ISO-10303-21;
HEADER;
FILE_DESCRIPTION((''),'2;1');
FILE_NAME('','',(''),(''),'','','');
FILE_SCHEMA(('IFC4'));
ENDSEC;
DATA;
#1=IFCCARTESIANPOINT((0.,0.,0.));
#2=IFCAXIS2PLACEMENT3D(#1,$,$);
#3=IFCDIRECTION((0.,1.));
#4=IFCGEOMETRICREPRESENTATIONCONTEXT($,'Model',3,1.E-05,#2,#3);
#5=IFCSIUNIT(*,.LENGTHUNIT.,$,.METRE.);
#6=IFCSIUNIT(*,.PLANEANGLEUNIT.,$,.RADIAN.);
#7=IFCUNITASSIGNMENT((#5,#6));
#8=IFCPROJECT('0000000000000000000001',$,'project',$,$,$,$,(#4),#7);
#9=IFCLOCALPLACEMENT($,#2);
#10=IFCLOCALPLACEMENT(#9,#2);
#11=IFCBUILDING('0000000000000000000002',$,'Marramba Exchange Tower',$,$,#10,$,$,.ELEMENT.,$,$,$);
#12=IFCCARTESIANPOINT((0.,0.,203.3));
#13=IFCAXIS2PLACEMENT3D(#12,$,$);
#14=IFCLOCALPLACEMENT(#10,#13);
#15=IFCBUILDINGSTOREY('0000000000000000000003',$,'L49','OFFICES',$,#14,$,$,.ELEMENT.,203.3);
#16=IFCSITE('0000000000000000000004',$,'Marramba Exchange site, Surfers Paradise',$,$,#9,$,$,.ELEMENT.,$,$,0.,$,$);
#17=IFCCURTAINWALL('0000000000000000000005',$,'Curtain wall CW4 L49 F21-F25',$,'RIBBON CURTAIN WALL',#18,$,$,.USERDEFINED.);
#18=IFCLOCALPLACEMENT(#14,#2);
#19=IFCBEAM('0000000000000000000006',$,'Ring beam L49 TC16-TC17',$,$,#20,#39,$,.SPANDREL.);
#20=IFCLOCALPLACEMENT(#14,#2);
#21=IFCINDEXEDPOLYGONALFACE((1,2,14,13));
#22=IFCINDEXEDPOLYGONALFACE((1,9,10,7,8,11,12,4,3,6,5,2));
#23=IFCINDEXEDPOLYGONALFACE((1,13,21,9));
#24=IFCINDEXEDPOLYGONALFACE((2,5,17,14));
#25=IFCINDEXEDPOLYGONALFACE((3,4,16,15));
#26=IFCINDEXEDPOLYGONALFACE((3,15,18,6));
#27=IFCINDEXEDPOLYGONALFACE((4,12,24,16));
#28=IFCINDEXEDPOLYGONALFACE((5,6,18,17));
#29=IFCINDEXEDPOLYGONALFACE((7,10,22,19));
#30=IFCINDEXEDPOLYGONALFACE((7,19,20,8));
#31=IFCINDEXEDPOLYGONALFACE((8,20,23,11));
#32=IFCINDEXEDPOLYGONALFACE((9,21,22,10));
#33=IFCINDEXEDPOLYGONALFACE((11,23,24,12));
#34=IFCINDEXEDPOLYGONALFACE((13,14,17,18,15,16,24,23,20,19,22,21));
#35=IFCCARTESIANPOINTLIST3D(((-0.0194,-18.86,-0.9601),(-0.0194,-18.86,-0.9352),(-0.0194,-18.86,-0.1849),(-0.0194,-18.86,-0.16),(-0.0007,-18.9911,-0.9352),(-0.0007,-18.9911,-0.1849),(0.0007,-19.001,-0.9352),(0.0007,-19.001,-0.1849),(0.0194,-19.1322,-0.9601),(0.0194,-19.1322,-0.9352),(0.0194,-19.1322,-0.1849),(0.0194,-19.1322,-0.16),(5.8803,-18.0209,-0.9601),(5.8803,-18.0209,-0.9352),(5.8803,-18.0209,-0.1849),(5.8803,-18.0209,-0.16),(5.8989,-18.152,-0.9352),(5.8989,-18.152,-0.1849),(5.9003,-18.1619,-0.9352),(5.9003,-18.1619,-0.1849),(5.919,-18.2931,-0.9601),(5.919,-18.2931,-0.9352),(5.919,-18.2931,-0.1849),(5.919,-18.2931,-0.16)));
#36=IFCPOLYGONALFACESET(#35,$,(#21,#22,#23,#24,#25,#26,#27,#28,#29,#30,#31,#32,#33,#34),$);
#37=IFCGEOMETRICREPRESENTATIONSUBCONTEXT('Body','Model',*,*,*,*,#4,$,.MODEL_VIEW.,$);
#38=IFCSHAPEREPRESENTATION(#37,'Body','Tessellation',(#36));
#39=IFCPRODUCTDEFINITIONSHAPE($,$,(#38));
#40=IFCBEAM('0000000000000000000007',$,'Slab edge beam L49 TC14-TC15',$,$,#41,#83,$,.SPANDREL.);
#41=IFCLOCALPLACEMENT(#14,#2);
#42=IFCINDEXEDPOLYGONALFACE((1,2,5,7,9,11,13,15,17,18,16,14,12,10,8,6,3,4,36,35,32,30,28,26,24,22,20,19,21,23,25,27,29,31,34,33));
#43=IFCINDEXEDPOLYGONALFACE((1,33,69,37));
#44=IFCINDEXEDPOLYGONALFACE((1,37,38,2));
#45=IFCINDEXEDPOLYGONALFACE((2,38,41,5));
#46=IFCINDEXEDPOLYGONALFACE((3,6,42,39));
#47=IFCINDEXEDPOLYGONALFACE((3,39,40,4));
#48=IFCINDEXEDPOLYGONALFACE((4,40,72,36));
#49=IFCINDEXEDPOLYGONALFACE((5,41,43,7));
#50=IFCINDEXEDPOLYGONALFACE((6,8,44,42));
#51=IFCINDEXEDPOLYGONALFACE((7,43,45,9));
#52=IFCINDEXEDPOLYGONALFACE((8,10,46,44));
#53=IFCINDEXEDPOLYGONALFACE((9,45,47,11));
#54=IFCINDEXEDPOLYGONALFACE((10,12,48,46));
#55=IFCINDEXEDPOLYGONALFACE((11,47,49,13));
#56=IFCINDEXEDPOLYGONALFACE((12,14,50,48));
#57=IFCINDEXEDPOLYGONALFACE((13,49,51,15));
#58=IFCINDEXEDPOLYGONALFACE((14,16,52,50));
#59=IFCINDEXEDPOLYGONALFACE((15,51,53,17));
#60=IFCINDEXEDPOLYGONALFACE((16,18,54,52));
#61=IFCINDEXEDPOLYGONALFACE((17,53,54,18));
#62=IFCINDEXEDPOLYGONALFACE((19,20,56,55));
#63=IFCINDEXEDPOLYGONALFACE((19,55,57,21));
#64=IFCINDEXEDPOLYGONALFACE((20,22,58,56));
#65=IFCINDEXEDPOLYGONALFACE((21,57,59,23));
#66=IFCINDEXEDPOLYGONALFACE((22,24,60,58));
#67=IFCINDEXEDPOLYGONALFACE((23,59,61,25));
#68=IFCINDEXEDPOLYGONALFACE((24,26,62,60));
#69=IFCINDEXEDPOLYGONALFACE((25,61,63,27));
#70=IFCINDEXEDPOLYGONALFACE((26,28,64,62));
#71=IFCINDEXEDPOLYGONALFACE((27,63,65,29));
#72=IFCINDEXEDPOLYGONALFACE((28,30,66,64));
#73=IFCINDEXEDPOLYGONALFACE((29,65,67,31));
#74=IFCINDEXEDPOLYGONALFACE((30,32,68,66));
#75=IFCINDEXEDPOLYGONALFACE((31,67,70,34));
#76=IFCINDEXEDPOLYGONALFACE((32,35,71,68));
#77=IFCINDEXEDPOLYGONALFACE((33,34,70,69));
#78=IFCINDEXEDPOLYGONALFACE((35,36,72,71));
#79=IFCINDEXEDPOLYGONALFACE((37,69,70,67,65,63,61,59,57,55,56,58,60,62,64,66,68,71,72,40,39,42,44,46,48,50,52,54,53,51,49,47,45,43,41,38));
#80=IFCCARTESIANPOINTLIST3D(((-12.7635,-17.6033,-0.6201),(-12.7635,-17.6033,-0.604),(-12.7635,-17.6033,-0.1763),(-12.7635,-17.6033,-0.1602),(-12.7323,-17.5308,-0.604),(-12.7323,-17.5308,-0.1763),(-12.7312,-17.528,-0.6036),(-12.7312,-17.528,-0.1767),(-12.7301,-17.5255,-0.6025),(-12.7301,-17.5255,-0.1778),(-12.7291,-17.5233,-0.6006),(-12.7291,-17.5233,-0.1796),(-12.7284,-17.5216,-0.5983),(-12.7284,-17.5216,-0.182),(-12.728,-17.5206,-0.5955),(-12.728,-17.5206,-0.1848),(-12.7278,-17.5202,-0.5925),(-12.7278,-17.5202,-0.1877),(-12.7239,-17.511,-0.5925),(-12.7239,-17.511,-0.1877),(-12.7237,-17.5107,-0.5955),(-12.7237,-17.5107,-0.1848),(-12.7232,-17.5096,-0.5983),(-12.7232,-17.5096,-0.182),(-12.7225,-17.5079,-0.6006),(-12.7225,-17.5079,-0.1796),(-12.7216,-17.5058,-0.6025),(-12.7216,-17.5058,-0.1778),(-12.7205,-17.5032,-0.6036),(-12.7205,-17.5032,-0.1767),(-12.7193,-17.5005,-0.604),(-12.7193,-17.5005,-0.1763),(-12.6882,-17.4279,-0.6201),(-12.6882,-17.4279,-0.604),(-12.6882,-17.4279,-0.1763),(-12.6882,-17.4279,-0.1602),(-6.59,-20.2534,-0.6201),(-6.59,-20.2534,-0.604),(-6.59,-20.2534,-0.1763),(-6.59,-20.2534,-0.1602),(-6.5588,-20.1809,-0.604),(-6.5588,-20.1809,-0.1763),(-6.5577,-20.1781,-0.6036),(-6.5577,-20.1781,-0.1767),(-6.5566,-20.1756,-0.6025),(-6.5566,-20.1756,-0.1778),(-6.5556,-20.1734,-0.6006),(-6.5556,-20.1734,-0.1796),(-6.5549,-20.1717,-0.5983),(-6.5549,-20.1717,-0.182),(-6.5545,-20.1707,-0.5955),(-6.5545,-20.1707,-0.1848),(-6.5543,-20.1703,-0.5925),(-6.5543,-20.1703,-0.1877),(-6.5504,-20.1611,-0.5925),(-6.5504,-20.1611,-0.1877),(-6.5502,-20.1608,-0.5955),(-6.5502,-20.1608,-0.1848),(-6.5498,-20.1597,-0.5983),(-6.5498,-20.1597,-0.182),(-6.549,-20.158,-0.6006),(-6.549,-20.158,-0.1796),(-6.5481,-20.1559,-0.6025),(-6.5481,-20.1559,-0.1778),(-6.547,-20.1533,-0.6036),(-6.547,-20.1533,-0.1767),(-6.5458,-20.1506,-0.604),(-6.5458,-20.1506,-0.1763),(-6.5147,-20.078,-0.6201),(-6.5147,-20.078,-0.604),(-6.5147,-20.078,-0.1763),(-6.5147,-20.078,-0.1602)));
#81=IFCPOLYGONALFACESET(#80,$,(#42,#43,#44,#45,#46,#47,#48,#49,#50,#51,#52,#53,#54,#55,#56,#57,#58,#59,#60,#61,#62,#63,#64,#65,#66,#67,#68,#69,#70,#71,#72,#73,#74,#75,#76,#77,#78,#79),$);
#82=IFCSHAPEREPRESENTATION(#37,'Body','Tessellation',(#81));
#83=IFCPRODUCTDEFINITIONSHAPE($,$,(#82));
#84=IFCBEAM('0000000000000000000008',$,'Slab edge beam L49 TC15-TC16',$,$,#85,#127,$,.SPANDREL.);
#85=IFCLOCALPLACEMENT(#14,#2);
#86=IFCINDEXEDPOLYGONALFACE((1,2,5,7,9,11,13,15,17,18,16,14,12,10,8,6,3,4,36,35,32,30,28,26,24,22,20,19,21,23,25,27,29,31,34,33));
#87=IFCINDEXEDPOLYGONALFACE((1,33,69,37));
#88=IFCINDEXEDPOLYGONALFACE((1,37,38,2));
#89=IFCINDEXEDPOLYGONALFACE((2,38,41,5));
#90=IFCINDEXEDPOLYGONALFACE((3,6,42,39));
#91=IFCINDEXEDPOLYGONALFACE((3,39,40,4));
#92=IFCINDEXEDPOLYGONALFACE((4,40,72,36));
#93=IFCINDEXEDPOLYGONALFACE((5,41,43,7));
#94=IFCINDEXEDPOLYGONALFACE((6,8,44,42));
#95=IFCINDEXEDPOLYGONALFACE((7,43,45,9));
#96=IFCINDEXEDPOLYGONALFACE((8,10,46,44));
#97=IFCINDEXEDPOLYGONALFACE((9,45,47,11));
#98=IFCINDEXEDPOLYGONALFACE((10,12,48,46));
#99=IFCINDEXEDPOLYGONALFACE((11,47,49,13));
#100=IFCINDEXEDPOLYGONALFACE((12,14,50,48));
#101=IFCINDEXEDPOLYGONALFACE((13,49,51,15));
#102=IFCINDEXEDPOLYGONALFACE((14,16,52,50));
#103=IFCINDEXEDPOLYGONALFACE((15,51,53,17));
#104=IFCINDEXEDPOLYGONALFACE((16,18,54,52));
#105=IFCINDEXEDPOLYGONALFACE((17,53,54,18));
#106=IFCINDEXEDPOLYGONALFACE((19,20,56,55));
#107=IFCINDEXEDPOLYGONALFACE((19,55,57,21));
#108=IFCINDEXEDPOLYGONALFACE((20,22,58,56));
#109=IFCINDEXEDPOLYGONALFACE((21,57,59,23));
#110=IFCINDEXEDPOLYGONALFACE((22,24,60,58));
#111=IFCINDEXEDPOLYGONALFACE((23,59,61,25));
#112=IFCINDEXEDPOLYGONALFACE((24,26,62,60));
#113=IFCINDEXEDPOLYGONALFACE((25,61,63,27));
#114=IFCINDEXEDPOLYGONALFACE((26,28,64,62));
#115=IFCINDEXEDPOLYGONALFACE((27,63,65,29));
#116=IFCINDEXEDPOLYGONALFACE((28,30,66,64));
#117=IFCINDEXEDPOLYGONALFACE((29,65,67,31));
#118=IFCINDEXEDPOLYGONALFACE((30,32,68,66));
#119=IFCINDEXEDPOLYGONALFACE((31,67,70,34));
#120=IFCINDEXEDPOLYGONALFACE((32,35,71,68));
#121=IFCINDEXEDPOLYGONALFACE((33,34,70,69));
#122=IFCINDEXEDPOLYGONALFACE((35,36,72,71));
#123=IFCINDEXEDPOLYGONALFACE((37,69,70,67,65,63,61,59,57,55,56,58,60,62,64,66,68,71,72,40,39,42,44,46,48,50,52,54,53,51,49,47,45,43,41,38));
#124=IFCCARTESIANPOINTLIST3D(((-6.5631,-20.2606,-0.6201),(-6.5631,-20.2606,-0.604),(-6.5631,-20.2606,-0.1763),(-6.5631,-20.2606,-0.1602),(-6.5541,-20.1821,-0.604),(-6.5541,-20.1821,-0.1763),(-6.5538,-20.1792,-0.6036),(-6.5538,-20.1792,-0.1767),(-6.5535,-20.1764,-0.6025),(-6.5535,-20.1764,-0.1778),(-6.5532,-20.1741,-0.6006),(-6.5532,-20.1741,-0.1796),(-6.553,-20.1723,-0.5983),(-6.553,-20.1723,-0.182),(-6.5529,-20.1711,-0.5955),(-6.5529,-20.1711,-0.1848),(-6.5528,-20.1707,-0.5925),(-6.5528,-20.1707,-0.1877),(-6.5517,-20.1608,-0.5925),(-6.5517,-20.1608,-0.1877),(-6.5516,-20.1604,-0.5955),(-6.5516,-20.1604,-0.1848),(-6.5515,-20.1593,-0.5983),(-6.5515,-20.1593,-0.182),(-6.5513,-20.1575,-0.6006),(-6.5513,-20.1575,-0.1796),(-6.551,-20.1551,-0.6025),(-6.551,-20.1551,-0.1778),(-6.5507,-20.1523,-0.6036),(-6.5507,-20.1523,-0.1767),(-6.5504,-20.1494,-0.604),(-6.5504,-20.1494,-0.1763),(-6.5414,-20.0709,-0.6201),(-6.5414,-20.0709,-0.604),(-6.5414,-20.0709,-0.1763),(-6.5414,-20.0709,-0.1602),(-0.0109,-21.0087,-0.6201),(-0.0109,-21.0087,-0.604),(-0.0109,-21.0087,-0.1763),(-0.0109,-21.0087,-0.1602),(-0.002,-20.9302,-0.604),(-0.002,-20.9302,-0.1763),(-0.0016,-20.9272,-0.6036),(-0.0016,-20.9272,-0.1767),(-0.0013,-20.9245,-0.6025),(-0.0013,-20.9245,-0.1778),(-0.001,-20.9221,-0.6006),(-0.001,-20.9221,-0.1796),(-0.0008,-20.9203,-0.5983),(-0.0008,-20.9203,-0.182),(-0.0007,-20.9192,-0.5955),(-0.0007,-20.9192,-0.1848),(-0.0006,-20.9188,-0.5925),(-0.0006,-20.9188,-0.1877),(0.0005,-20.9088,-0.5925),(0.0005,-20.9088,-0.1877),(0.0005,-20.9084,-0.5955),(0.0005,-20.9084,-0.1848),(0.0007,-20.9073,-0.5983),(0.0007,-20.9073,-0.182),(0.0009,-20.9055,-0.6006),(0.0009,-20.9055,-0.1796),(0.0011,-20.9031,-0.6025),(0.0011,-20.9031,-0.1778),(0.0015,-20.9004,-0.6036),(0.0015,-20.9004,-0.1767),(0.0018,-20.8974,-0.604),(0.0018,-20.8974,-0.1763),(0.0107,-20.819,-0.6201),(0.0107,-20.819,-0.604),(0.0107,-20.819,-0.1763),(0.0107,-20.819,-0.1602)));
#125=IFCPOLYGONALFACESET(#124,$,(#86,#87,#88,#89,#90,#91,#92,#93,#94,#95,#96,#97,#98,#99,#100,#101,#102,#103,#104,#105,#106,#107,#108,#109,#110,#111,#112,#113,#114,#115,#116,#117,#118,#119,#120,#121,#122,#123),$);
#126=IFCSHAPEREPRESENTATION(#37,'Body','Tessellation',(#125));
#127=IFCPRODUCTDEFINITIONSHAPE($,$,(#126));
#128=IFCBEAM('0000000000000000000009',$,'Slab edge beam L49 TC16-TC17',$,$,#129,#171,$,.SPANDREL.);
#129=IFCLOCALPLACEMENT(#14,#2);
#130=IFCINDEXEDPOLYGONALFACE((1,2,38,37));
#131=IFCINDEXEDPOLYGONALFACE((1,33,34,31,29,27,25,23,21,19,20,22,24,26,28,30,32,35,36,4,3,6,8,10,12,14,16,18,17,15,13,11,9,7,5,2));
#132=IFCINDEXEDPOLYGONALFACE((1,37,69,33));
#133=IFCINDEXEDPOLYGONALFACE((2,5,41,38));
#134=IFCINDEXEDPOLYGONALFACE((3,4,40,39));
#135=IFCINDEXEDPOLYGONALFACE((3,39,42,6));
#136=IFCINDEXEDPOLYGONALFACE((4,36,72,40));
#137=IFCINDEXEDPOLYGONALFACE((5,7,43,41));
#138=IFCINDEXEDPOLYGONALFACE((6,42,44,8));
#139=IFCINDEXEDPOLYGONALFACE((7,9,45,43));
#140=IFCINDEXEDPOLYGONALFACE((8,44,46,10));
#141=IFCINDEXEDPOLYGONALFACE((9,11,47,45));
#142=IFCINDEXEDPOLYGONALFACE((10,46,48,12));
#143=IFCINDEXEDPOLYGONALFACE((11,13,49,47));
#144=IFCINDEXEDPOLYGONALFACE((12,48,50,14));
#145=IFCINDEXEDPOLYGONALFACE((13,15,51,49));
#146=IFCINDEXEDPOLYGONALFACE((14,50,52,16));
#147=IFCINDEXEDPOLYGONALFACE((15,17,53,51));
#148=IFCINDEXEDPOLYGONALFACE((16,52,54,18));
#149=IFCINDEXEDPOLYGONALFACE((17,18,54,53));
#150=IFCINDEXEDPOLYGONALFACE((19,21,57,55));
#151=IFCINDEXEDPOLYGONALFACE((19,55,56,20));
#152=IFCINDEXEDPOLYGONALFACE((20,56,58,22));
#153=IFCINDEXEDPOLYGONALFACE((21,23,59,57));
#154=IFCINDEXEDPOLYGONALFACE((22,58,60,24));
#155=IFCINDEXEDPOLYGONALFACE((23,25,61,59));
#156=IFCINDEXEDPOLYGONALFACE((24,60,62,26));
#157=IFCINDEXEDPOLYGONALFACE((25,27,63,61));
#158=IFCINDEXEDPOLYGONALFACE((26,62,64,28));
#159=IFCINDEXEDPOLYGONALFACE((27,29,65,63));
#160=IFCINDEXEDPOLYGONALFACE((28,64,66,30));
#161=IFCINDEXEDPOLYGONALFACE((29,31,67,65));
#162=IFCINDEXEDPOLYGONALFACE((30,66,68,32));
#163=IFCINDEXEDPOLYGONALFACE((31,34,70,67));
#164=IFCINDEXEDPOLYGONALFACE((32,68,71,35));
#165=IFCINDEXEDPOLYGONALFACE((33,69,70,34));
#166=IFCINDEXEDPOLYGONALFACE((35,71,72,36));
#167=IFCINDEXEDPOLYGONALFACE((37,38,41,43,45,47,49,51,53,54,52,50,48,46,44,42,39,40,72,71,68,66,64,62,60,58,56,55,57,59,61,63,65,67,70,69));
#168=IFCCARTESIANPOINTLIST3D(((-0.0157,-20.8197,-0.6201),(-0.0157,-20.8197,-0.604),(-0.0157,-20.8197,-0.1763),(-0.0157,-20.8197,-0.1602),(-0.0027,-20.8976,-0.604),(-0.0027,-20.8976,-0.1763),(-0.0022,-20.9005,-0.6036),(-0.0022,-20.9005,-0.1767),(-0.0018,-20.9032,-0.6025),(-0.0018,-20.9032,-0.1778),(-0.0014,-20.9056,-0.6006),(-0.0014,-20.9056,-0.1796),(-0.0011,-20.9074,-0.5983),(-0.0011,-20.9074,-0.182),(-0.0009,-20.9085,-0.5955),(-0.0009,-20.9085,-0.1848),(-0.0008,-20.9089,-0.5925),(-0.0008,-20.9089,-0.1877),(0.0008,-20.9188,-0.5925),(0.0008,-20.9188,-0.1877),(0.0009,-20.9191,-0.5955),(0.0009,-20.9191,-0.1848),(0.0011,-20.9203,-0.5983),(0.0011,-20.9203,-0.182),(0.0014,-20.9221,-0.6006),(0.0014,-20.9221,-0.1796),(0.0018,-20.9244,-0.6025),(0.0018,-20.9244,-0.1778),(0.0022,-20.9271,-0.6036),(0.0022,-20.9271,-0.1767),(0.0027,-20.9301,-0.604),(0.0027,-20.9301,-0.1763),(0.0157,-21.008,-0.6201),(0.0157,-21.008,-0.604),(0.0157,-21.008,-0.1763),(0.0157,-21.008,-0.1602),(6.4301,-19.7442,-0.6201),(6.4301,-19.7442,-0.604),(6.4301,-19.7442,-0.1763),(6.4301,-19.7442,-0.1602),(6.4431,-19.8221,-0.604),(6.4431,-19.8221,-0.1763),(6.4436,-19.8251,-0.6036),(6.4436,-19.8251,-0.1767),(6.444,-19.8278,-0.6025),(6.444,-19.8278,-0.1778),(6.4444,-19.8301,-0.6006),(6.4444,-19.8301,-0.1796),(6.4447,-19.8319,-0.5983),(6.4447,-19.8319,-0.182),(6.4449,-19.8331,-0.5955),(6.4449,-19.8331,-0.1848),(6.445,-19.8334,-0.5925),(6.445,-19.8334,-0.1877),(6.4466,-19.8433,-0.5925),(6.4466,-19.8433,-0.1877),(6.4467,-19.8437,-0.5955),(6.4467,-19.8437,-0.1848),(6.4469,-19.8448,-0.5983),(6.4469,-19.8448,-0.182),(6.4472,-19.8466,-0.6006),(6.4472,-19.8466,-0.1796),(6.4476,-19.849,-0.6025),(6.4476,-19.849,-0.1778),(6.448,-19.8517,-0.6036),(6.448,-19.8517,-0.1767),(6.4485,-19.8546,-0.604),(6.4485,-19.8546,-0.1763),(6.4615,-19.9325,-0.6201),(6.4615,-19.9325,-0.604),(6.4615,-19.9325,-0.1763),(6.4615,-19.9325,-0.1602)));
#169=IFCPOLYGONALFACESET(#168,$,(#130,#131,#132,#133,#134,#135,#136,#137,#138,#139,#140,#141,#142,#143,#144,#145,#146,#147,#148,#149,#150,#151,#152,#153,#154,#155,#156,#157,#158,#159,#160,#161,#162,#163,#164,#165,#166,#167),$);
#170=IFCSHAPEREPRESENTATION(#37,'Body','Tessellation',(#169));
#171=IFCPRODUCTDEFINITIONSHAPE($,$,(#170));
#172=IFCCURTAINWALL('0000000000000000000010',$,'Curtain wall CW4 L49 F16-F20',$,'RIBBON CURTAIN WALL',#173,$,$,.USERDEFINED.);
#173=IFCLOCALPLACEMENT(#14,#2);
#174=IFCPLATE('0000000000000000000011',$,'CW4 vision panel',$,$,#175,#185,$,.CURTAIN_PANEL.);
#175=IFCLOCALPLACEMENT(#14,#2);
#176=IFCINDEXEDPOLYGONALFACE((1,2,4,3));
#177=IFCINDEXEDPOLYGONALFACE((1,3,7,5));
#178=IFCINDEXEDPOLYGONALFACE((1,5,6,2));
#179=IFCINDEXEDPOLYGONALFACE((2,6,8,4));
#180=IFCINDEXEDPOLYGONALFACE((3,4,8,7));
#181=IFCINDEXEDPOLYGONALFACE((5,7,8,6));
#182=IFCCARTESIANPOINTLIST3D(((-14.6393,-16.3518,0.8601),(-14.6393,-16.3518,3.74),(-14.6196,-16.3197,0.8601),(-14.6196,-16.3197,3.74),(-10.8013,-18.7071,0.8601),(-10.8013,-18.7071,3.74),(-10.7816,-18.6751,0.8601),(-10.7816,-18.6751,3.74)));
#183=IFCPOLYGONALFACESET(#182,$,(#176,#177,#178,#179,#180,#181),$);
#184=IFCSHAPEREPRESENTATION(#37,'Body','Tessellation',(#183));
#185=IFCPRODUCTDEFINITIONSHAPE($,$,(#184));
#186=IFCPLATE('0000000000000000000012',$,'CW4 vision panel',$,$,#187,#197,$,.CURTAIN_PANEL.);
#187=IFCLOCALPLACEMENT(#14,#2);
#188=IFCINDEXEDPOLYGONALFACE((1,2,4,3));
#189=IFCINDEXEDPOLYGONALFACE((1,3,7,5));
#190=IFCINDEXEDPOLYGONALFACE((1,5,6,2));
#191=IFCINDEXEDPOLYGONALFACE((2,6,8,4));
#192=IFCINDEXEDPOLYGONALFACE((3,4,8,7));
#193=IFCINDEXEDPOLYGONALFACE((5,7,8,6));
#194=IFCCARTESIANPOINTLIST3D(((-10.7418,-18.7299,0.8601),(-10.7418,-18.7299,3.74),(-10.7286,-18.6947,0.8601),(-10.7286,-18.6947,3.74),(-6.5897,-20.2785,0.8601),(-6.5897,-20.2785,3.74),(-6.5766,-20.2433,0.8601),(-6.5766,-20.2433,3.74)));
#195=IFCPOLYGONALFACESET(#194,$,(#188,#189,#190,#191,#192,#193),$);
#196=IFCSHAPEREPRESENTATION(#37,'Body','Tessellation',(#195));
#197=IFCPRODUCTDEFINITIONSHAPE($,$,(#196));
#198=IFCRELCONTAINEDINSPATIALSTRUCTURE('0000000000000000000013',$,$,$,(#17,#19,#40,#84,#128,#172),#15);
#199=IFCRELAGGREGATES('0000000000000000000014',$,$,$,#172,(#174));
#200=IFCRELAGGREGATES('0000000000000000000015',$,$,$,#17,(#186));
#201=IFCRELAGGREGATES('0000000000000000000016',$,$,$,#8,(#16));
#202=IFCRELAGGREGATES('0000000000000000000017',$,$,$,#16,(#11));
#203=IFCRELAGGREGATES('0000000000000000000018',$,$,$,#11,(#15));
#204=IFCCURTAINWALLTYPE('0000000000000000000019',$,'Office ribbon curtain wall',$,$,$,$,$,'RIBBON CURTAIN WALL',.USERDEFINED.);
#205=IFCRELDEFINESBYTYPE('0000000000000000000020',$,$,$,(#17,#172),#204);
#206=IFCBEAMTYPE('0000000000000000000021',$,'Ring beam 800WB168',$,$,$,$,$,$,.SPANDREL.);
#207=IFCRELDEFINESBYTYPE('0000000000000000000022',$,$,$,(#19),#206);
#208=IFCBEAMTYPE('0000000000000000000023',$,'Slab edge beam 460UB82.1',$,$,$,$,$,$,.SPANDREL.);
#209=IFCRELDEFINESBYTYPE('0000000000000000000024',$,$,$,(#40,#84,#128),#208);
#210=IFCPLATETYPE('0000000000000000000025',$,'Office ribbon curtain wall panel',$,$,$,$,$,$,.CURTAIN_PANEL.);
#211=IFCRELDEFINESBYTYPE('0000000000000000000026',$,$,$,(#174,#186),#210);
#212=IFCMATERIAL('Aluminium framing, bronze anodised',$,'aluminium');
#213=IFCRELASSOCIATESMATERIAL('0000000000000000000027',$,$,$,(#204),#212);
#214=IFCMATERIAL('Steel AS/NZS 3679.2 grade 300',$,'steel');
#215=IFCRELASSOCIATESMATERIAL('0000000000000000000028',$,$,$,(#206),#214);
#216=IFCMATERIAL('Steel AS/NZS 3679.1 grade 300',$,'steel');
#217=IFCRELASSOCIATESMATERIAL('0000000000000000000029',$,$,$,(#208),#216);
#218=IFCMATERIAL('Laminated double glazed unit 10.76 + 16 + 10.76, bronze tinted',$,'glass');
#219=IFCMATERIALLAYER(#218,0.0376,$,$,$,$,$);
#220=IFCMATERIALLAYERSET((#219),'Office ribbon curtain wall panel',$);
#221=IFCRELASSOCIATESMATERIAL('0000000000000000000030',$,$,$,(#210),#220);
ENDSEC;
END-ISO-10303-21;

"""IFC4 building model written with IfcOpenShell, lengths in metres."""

from ifc_helpers import new_model, si_unit, direction, frame, origin, origin_2d, place, context, subcontext, project, spatial, rectangle, i_section, extrude, material, layer, layer_set, material_profile, profile_set, type_object, element, aggregate, save


model = new_model("IFC4")

# Units and contexts
model_context = context("Model", 3, precision=1e-05, world=origin(), true_north=direction((0.0, 1.0)))
body_context = subcontext(model_context, "Body", "Model", "MODEL_VIEW")
ifc_project = project(units=[si_unit("LENGTHUNIT", "METRE"), si_unit("PLANEANGLEUNIT", "RADIAN")], contexts=[model_context])

# Site, building, storey
site_placement = place(None, origin())
site = spatial("IfcSite", under=ifc_project, at=site_placement, Name="Marramba Exchange site, Surfers Paradise", CompositionType="ELEMENT", RefElevation=0.0)
building_placement = place(site_placement, origin())
building = spatial("IfcBuilding", under=site, at=building_placement, Name="Marramba Exchange Tower", CompositionType="ELEMENT")
storey_placement = place(building_placement, frame((0.0, 0.0, 203.3)))
storey = spatial("IfcBuildingStorey", under=building, at=storey_placement, Name="L49", Description="OFFICES", CompositionType="ELEMENT", Elevation=203.3)

# Shared definitions
ifc_material_1 = material(Name="Steel AS/NZS 3679.2 grade 300", Category="steel")

# Curtain wall
ifc_material_2 = material(Name="Aluminium framing, bronze anodised", Category="aluminium")
curtain_wall_type = type_object("IfcCurtainWallType", Name="Office ribbon curtain wall", ElementType="RIBBON CURTAIN WALL", PredefinedType="USERDEFINED", material=ifc_material_2)
curtain_wall_1_placement = place(storey_placement, origin())
curtain_wall_1 = element("IfcCurtainWall", 1, at=curtain_wall_1_placement, inside=storey, type_object=curtain_wall_type, Name="Curtain wall CW4 L49 F21-F25", ObjectType="RIBBON CURTAIN WALL", PredefinedType="USERDEFINED")

# Beams
ifc_material_profile_1 = material_profile(ifc_material_1, i_section(OverallWidth=0.2749, OverallDepth=0.8, WebThickness=0.01, FlangeThickness=0.0249, at=origin_2d()), Name="800WB168")
ifc_profile_set_1 = profile_set([ifc_material_profile_1], Name="Steel AS/NZS 3679.2 grade 300")
beam_type_1 = type_object("IfcBeamType", Name="Ring beam 800WB168", PredefinedType="SPANDREL", material=ifc_profile_set_1)
for number, where, z_axis, x_axis, name in (
    (2, (0.0, -18.9961, -0.5601), (0.990036, 0.140813, 0.0), (-0.140813, 0.990036, 0.0), "Ring beam L49 TC16-TC17"),
):
    element("IfcBeam", number, at=place(storey_placement, frame(where, z_axis=z_axis, x_axis=x_axis)), inside=storey, type_object=beam_type_1, Name=name, PredefinedType="SPANDREL", context=body_context, shape_type="SweptSolid", body=[
        extrude(i_section(OverallWidth=0.2749, OverallDepth=0.8, WebThickness=0.01, FlangeThickness=0.0249, at=origin_2d()), origin(), (0.0, 0.0, 1.0), 5.959),
    ])
ifc_material_3 = material(Name="Steel AS/NZS 3679.1 grade 300", Category="steel")
ifc_material_profile_2 = material_profile(ifc_material_3, i_section(OverallWidth=0.1909, OverallDepth=0.46, WebThickness=0.01, FlangeThickness=0.0161, FilletRadius=0.0115, at=origin_2d()), Name="460UB82.1")
ifc_profile_set_2 = profile_set([ifc_material_profile_2], Name="Steel AS/NZS 3679.1 grade 300")
beam_type_2 = type_object("IfcBeamType", Name="Slab edge beam 460UB82.1", PredefinedType="SPANDREL", material=ifc_profile_set_2)
beam_1_placement = place(storey_placement, frame((-12.7258, -17.5156, -0.3901), z_axis=(0.918912, -0.394463, 0.0), x_axis=(0.394463, 0.918912, 0.0)))
element("IfcBeam", 3, at=beam_1_placement, inside=storey, type_object=beam_type_2, Name="Slab edge beam L49 TC14-TC15", PredefinedType="SPANDREL", context=body_context, shape_type="SweptSolid", body=[
    extrude(i_section(OverallWidth=0.1909, OverallDepth=0.46, WebThickness=0.01, FlangeThickness=0.0161, FilletRadius=0.0115, at=origin_2d()), origin(), (0.0, 0.0, 1.0), 6.7183),
])
beam_2_placement = place(storey_placement, frame((-6.5522, -20.1658, -0.3901), z_axis=(0.993546, -0.11343, 0.0), x_axis=(0.11343, 0.993546, 0.0)))
element("IfcBeam", 4, at=beam_2_placement, inside=storey, type_object=beam_type_2, Name="Slab edge beam L49 TC15-TC16", PredefinedType="SPANDREL", context=body_context, shape_type="SweptSolid", body=[
    extrude(i_section(OverallWidth=0.1909, OverallDepth=0.46, WebThickness=0.01, FlangeThickness=0.0161, FilletRadius=0.0115, at=origin_2d()), origin(), (0.0, 0.0, 1.0), 6.5947),
])
beam_3_placement = place(storey_placement, frame((0.0, -20.9138, -0.3901), z_axis=(0.986366, 0.164569, 0.0), x_axis=(-0.164569, 0.986366, 0.0)))
element("IfcBeam", 5, at=beam_3_placement, inside=storey, type_object=beam_type_2, Name="Slab edge beam L49 TC16-TC17", PredefinedType="SPANDREL", context=body_context, shape_type="SweptSolid", body=[
    extrude(i_section(OverallWidth=0.1909, OverallDepth=0.46, WebThickness=0.01, FlangeThickness=0.0161, FilletRadius=0.0115, at=origin_2d()), origin(), (0.0, 0.0, 1.0), 6.5349),
])

# Curtain wall, plate
curtain_wall_2_placement = place(storey_placement, origin())
curtain_wall_2 = element("IfcCurtainWall", 6, at=curtain_wall_2_placement, inside=storey, type_object=curtain_wall_type, Name="Curtain wall CW4 L49 F16-F20", ObjectType="RIBBON CURTAIN WALL", PredefinedType="USERDEFINED")
ifc_material_4 = material(Name="Laminated double glazed unit 10.76 + 16 + 10.76, bronze tinted", Category="glass")
ifc_layer_1 = layer(ifc_material_4, 0.0376)
ifc_layer_set_1 = layer_set([ifc_layer_1], Name="Office ribbon curtain wall panel")
plate_type = type_object("IfcPlateType", Name="Office ribbon curtain wall panel", PredefinedType="CURTAIN_PANEL", material=ifc_layer_set_1)
plate_1_placement = place(storey_placement, frame((-12.7104, -17.5134, 0.8601), z_axis=(0.0, 0.0, 1.0), x_axis=(0.852301, -0.523052, 0.0)))
plate_1 = element("IfcPlate", 7, at=plate_1_placement, type_object=plate_type, Name="CW4 vision panel", PredefinedType="CURTAIN_PANEL", context=body_context, shape_type="SweptSolid", body=[
    extrude(rectangle(XDim=4.5032, YDim=0.0376, at=origin_2d()), origin(), (0.0, 0.0, 1.0), 2.8799),
])
aggregate(curtain_wall_2, [plate_1])

# Plate
plate_2_placement = place(storey_placement, frame((-8.6592, -19.4866, 0.8601), z_axis=(0.0, 0.0, 1.0), x_axis=(0.936952, -0.349459, 0.0)))
plate_2 = element("IfcPlate", 8, at=plate_2_placement, type_object=plate_type, Name="CW4 vision panel", PredefinedType="CURTAIN_PANEL", context=body_context, shape_type="SweptSolid", body=[
    extrude(rectangle(XDim=4.4314, YDim=0.0376, at=origin_2d()), origin(), (0.0, 0.0, 1.0), 2.8799),
])
aggregate(curtain_wall_1, [plate_2])

save(model, "model.ifc")
